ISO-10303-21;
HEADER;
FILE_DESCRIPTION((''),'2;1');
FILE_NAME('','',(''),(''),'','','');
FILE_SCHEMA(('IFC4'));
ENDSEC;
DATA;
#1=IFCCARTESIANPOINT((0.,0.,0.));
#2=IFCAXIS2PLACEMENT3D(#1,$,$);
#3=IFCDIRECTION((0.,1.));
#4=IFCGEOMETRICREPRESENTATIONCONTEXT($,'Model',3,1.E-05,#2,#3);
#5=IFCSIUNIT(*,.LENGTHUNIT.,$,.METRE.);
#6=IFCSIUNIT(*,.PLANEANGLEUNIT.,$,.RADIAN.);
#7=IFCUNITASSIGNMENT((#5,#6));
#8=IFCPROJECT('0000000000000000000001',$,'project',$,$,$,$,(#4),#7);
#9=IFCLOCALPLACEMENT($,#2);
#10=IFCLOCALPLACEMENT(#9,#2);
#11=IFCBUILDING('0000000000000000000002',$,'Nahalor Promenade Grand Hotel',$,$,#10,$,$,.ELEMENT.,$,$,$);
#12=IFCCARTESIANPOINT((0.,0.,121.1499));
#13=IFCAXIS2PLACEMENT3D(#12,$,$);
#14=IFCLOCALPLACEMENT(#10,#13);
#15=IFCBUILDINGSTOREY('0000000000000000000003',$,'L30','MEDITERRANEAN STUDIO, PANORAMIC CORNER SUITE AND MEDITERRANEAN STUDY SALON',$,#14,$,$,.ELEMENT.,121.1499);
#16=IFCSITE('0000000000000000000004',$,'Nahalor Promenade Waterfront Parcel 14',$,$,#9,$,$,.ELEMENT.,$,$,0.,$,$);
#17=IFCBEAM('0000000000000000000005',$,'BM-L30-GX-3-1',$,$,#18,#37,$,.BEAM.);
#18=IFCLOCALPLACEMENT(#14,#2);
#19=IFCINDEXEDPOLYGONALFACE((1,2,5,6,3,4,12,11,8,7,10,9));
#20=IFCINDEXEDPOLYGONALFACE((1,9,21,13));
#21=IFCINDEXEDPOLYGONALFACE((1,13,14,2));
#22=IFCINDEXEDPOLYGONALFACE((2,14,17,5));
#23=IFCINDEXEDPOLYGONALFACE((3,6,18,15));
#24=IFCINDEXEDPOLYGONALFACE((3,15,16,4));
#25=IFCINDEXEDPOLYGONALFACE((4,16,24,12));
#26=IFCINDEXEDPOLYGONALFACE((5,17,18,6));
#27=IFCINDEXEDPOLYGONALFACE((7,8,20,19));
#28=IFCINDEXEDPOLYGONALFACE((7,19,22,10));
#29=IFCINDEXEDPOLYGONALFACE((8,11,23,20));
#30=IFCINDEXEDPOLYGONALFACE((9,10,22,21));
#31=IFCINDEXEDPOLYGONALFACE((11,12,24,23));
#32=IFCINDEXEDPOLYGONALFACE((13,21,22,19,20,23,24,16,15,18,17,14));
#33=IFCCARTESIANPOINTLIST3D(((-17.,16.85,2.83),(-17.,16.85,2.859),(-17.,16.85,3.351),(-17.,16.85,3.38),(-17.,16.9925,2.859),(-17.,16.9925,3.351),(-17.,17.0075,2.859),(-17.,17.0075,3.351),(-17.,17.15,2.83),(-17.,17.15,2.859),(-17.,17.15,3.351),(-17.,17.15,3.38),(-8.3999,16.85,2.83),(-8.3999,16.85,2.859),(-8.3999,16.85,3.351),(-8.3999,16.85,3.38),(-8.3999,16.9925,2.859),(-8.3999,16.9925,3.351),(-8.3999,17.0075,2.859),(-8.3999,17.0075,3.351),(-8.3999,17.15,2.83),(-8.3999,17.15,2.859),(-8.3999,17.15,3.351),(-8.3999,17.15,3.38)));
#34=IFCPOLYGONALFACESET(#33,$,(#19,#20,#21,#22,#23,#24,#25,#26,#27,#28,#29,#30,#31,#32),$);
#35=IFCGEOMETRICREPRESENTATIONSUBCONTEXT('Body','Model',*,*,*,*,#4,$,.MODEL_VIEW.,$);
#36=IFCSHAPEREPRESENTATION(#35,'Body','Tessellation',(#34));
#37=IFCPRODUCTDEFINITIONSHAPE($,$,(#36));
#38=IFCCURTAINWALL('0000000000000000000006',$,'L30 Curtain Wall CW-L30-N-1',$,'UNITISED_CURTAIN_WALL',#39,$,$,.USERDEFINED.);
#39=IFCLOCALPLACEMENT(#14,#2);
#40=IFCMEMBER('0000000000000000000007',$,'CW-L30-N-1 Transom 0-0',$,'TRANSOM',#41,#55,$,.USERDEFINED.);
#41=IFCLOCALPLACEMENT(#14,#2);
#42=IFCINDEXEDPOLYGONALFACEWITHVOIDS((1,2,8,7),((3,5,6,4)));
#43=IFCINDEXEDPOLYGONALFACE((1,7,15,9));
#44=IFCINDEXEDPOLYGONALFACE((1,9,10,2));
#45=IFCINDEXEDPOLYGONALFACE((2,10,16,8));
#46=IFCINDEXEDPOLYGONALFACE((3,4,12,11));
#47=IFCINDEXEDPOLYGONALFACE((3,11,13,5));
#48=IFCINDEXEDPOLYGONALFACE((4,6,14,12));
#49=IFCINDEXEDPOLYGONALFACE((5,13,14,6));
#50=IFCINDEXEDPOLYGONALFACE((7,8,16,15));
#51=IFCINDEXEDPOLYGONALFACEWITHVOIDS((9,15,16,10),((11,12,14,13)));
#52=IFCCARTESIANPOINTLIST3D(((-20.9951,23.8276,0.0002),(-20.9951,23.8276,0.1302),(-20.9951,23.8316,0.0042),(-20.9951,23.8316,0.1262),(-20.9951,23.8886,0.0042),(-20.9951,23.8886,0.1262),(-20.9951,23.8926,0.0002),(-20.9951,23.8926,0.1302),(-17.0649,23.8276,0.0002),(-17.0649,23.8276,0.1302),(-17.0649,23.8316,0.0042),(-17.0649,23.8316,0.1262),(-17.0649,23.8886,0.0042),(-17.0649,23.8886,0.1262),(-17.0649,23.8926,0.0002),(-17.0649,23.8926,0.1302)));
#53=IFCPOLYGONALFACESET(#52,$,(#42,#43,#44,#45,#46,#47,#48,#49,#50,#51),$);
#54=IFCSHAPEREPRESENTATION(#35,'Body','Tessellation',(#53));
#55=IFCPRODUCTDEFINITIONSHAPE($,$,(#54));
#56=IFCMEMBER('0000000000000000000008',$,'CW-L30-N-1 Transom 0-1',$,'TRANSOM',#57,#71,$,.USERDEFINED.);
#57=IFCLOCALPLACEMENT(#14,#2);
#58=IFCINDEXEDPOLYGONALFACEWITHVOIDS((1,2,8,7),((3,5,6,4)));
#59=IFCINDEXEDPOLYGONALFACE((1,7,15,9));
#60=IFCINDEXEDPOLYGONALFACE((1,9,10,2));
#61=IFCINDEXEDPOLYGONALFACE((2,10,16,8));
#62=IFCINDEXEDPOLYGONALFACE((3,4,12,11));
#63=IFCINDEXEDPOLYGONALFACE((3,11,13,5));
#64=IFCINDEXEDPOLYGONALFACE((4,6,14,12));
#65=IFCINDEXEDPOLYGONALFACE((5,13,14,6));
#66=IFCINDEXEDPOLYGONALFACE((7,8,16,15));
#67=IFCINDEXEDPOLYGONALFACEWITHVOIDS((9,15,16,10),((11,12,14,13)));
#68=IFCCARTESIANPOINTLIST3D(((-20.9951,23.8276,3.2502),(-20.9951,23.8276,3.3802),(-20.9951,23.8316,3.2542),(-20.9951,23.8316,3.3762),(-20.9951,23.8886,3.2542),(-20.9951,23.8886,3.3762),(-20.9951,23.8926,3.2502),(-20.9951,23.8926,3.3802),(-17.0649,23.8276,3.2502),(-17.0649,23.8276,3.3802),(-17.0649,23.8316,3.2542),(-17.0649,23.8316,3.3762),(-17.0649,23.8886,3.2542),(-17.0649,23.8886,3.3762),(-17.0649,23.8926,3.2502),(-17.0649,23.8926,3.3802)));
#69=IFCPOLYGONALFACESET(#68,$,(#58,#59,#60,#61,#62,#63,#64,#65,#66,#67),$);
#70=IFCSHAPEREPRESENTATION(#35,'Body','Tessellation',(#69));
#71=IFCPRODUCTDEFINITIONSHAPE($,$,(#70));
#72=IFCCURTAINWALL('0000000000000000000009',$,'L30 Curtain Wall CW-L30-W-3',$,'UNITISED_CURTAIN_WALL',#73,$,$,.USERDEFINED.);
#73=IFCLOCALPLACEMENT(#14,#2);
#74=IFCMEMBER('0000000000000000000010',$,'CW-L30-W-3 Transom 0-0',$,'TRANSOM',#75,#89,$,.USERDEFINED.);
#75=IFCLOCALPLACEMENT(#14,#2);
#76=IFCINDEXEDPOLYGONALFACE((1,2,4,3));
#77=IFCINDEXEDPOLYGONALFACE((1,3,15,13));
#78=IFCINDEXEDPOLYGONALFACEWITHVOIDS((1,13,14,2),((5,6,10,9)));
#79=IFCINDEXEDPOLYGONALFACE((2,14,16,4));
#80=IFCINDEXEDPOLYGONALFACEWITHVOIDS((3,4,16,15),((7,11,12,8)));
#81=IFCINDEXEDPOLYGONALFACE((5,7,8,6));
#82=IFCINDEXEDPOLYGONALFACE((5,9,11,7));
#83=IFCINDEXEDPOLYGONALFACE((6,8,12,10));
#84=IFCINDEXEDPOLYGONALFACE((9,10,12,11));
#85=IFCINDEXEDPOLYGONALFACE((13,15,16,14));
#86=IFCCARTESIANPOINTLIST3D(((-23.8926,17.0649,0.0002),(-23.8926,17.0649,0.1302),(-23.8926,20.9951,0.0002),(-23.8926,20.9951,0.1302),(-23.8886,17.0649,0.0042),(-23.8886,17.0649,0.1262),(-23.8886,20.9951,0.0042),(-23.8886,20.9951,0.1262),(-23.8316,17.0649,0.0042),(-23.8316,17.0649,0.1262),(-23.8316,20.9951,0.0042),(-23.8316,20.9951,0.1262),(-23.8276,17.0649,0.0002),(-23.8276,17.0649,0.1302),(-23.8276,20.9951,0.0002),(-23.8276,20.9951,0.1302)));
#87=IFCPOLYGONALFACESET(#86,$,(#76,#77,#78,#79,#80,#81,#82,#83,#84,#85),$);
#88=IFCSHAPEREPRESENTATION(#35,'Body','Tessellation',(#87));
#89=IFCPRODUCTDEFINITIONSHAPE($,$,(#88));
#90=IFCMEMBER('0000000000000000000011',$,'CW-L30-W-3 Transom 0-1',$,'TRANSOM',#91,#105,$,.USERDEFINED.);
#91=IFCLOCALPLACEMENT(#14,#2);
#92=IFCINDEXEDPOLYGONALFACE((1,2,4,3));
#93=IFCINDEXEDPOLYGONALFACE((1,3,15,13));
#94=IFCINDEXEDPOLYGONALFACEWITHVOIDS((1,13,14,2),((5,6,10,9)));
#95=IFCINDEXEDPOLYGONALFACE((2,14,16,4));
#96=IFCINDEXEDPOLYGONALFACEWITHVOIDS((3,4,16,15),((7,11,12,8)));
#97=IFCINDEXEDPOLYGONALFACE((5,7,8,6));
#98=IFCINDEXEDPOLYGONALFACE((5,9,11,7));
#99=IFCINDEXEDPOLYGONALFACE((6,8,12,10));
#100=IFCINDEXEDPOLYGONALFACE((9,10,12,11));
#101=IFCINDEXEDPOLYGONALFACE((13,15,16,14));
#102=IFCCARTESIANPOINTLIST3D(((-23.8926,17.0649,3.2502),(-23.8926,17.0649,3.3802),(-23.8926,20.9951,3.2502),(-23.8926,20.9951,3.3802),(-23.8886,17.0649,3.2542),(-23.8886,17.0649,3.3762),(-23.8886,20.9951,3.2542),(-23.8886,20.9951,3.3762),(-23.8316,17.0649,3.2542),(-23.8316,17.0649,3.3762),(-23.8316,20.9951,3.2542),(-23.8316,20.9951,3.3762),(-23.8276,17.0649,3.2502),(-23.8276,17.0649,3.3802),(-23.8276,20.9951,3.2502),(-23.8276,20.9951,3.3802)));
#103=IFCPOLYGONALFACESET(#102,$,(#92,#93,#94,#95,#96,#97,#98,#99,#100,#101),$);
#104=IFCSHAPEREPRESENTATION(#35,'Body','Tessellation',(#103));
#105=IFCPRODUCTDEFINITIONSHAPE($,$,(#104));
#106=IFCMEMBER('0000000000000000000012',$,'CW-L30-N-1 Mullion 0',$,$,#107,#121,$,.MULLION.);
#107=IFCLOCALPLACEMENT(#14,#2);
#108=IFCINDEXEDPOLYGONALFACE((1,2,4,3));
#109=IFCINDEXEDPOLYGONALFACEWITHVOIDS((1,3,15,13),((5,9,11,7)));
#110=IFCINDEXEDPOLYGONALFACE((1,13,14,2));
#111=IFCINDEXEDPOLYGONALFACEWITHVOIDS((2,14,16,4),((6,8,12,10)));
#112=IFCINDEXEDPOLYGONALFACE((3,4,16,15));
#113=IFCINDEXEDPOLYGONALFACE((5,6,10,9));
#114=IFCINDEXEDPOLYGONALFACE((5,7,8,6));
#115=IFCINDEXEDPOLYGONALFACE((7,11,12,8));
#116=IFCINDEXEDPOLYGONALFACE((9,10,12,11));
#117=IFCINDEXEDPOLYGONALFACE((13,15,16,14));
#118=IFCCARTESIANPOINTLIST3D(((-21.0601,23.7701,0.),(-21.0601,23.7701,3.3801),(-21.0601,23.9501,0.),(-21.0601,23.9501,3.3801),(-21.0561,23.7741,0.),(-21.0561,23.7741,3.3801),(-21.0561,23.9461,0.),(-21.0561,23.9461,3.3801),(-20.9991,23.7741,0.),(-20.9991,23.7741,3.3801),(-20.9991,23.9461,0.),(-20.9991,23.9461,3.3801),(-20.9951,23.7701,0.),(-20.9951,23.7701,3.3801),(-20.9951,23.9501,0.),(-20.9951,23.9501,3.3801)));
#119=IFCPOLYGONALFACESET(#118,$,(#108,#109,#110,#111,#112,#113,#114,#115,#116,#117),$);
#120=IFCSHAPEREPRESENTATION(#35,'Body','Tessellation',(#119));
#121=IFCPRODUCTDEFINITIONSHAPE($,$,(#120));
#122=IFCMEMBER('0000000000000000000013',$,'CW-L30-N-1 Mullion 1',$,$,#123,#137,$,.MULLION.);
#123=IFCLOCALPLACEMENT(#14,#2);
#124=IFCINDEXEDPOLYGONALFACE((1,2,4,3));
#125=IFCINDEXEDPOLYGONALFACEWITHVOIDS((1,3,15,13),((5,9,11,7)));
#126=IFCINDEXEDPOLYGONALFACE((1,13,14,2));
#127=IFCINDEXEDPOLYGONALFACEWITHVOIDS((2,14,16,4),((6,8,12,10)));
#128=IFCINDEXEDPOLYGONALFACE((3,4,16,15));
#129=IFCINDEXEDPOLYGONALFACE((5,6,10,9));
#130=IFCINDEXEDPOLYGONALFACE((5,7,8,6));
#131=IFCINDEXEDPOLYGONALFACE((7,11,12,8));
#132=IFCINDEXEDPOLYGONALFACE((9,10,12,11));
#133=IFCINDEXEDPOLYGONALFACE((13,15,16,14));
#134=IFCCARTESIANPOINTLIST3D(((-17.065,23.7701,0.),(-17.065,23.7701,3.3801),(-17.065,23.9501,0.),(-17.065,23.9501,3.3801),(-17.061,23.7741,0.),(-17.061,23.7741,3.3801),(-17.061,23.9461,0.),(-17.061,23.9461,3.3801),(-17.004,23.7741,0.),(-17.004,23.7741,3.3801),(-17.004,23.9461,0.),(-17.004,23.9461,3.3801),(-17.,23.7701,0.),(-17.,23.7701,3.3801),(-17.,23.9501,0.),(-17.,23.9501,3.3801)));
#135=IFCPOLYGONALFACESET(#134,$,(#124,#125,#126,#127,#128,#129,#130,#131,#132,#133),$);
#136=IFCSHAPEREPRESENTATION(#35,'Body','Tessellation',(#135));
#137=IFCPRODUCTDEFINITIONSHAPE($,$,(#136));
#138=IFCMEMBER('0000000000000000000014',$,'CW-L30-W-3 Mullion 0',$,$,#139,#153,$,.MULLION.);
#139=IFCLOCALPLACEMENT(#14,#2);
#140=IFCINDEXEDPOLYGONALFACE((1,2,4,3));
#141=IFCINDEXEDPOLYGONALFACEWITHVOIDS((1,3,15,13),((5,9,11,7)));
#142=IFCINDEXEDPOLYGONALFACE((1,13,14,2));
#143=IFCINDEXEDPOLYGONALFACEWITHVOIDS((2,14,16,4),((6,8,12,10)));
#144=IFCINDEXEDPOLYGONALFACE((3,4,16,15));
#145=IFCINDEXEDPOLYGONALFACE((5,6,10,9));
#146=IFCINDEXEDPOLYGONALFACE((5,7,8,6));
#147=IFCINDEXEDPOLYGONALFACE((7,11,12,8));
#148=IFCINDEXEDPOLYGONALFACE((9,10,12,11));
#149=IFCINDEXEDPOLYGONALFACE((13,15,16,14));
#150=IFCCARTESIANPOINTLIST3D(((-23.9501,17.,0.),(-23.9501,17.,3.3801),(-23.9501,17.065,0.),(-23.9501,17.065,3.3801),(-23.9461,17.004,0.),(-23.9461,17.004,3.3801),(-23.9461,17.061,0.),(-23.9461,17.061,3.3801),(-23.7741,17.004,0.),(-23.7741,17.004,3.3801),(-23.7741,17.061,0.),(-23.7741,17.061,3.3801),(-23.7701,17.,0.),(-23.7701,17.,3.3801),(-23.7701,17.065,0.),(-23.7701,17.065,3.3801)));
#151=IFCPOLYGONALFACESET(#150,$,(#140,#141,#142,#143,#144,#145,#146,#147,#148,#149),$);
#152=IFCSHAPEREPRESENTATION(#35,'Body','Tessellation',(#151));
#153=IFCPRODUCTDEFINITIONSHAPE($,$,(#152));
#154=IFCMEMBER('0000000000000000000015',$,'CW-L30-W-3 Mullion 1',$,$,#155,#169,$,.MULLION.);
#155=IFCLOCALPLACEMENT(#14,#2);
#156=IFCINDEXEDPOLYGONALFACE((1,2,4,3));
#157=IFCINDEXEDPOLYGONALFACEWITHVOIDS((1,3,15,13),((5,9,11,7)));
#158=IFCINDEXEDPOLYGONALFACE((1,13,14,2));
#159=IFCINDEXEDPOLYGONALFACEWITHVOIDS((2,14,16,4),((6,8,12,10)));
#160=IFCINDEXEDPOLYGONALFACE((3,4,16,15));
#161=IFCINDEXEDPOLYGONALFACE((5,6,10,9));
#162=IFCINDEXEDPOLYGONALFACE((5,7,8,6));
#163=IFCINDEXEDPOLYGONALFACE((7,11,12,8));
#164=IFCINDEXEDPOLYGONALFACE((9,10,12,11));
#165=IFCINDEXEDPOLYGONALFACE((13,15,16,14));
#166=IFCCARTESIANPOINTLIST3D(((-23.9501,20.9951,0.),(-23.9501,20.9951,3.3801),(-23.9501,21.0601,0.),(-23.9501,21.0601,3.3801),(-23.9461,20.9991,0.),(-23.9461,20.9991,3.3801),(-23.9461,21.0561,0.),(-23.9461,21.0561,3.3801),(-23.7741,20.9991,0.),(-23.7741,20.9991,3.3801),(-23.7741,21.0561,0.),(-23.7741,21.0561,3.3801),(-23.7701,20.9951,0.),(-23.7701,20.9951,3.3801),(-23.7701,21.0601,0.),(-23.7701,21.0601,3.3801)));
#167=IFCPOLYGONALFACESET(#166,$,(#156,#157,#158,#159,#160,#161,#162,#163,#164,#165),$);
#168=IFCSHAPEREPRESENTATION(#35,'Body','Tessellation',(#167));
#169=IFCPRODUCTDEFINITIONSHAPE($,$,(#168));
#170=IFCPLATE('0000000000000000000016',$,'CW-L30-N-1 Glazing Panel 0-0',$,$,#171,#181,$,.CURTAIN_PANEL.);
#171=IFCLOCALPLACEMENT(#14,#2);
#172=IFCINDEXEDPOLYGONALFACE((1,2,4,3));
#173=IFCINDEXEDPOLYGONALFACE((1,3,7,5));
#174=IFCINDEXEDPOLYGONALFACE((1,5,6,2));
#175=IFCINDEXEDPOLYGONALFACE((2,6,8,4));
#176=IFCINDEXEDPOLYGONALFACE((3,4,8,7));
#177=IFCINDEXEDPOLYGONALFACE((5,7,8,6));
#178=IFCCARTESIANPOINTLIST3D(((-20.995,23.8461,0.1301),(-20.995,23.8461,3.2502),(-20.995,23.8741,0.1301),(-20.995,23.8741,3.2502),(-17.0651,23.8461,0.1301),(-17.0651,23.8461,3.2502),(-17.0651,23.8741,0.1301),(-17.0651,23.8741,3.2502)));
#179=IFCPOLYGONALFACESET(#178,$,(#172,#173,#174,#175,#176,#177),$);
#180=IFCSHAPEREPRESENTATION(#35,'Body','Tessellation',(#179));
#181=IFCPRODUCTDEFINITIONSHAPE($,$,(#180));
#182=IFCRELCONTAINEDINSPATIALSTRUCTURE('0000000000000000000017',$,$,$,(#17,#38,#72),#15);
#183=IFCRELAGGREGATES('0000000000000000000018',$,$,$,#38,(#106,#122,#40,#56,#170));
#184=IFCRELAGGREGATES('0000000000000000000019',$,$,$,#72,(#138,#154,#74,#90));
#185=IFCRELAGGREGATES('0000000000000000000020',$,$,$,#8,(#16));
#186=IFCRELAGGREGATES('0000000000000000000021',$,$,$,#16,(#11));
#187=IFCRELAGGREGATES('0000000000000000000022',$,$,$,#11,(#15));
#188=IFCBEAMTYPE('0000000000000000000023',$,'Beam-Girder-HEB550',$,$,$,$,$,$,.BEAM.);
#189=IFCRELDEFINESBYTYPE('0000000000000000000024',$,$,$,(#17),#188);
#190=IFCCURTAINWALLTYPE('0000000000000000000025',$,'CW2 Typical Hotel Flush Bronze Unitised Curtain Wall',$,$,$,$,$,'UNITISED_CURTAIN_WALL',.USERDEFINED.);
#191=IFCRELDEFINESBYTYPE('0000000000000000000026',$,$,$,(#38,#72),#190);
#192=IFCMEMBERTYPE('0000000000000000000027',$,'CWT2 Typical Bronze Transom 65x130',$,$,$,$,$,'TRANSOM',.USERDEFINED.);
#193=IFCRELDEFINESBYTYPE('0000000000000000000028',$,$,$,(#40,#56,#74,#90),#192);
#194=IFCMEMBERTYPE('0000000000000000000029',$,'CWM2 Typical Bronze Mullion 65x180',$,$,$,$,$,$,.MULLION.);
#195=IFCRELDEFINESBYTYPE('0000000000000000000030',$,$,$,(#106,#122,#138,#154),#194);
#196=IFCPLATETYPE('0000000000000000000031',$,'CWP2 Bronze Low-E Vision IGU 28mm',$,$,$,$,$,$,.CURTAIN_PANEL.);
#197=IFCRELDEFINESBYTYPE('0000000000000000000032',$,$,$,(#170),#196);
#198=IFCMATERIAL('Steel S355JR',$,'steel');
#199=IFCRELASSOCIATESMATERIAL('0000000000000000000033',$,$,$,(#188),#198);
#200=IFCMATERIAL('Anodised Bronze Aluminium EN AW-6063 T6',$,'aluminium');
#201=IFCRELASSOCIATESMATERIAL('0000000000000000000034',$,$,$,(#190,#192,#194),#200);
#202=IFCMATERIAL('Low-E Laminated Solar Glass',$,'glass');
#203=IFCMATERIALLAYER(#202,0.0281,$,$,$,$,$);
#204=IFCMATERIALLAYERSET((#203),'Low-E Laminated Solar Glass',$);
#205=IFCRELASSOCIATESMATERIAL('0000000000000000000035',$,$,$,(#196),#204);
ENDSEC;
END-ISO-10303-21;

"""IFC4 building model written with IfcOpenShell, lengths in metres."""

from ifc_helpers import new_model, si_unit, direction, frame, origin, origin_2d, place, context, subcontext, project, spatial, rectangle, hollow_rectangle, i_section, extrude, source, transform, mapped, material, layer, layer_set, material_profile, profile_set, type_object, element, aggregate, save


model = new_model("IFC4")

# Units and contexts
model_context = context("Model", 3, precision=1e-05, world=origin(), true_north=direction((0.0, 1.0)))
body_context = subcontext(model_context, "Body", "Model", "MODEL_VIEW")
ifc_project = project(units=[si_unit("LENGTHUNIT", "METRE"), si_unit("PLANEANGLEUNIT", "RADIAN")], contexts=[model_context])

# Site, building, storey
site_placement = place(None, origin())
site = spatial("IfcSite", under=ifc_project, at=site_placement, Name="Nahalor Promenade Waterfront Parcel 14", CompositionType="ELEMENT", RefElevation=0.0)
building_placement = place(site_placement, origin())
building = spatial("IfcBuilding", under=site, at=building_placement, Name="Nahalor Promenade Grand Hotel", CompositionType="ELEMENT")
storey_placement = place(building_placement, frame((0.0, 0.0, 121.1499)))
storey = spatial("IfcBuildingStorey", under=building, at=storey_placement, Name="L30", Description="MEDITERRANEAN STUDIO, PANORAMIC CORNER SUITE AND MEDITERRANEAN STUDY SALON", CompositionType="ELEMENT", Elevation=121.1499)

# Beam
ifc_material_1 = material(Name="Steel S355JR", Category="steel")
ifc_material_profile_1 = material_profile(ifc_material_1, i_section(OverallWidth=0.3, OverallDepth=0.55, WebThickness=0.015, FlangeThickness=0.029, at=origin_2d()), Name="HEB 550")
ifc_profile_set_1 = profile_set([ifc_material_profile_1], Name="Steel S355JR")
beam_type_1 = type_object("IfcBeamType", Name="Beam-Girder-HEB550", PredefinedType="BEAM", material=ifc_profile_set_1)
shared_shape_1 = source(origin(), body_context, "Body", "SweptSolid", [
    extrude(i_section(OverallWidth=0.3, OverallDepth=0.55, WebThickness=0.015, FlangeThickness=0.029, at=origin_2d()), origin(), (0.0, 0.0, 1.0), 8.6001),
])
beam_1_placement = place(storey_placement, frame((-17.0, 17.0, 3.105), z_axis=(1.0, 0.0, 0.0), x_axis=(0.0, 1.0, 0.0)))
element("IfcBeam", 1, at=beam_1_placement, inside=storey, type_object=beam_type_1, Name="BM-L30-GX-3-1", PredefinedType="BEAM", context=body_context, shape_type="MappedRepresentation", body=[
    mapped(shared_shape_1, transform((0.0, 0.0, 0.0), scale=1.0)),
])

# Curtain walls, members
ifc_material_2 = material(Name="Anodised Bronze Aluminium EN AW-6063 T6", Category="aluminium")
curtain_wall_type = type_object("IfcCurtainWallType", Name="CW2 Typical Hotel Flush Bronze Unitised Curtain Wall", ElementType="UNITISED_CURTAIN_WALL", PredefinedType="USERDEFINED", material=ifc_material_2)
curtain_wall_1_placement = place(storey_placement, origin())
curtain_wall_1 = element("IfcCurtainWall", 2, at=curtain_wall_1_placement, inside=storey, type_object=curtain_wall_type, Name="L30 Curtain Wall CW-L30-N-1", ObjectType="UNITISED_CURTAIN_WALL", PredefinedType="USERDEFINED")
ifc_material_profile_2 = material_profile(ifc_material_2, hollow_rectangle(XDim=0.065, YDim=0.13, WallThickness=0.004, at=origin_2d()), Name="CWT 65x130x4")
ifc_profile_set_2 = profile_set([ifc_material_profile_2], Name="Anodised Bronze Aluminium EN AW-6063 T6")
member_type_1 = type_object("IfcMemberType", Name="CWT2 Typical Bronze Transom 65x130", ElementType="TRANSOM", PredefinedType="USERDEFINED", material=ifc_profile_set_2)
shared_shape_2 = source(origin(), body_context, "Body", "SweptSolid", [
    extrude(hollow_rectangle(XDim=0.065, YDim=0.13, WallThickness=0.004, at=origin_2d()), origin(), (0.0, 0.0, 1.0), 3.9302),
])
member_1_placement = place(storey_placement, frame((-20.9951, 23.8601, 0.0652), z_axis=(1.0, 0.0, 0.0), x_axis=(0.0, 1.0, 0.0)))
member_1 = element("IfcMember", 3, at=member_1_placement, type_object=member_type_1, Name="CW-L30-N-1 Transom 0-0", ObjectType="TRANSOM", PredefinedType="USERDEFINED", context=body_context, shape_type="MappedRepresentation", body=[
    mapped(shared_shape_2, transform((0.0, 0.0, 0.0), scale=1.0)),
])
member_2_placement = place(storey_placement, frame((-20.9951, 23.8601, 3.3152), z_axis=(1.0, 0.0, 0.0), x_axis=(0.0, 1.0, 0.0)))
member_2 = element("IfcMember", 4, at=member_2_placement, type_object=member_type_1, Name="CW-L30-N-1 Transom 0-1", ObjectType="TRANSOM", PredefinedType="USERDEFINED", context=body_context, shape_type="MappedRepresentation", body=[
    mapped(shared_shape_2, transform((0.0, 0.0, 0.0), scale=1.0)),
])
curtain_wall_2_placement = place(storey_placement, origin())
curtain_wall_2 = element("IfcCurtainWall", 5, at=curtain_wall_2_placement, inside=storey, type_object=curtain_wall_type, Name="L30 Curtain Wall CW-L30-W-3", ObjectType="UNITISED_CURTAIN_WALL", PredefinedType="USERDEFINED")
member_3_placement = place(storey_placement, frame((-23.8601, 17.0649, 0.0652), z_axis=(0.0, 1.0, 0.0), x_axis=(-1.0, 0.0, 0.0)))
member_3 = element("IfcMember", 6, at=member_3_placement, type_object=member_type_1, Name="CW-L30-W-3 Transom 0-0", ObjectType="TRANSOM", PredefinedType="USERDEFINED", context=body_context, shape_type="MappedRepresentation", body=[
    mapped(shared_shape_2, transform((0.0, 0.0, 0.0), scale=1.0)),
])
member_4_placement = place(storey_placement, frame((-23.8601, 17.0649, 3.3152), z_axis=(0.0, 1.0, 0.0), x_axis=(-1.0, 0.0, 0.0)))
member_4 = element("IfcMember", 7, at=member_4_placement, type_object=member_type_1, Name="CW-L30-W-3 Transom 0-1", ObjectType="TRANSOM", PredefinedType="USERDEFINED", context=body_context, shape_type="MappedRepresentation", body=[
    mapped(shared_shape_2, transform((0.0, 0.0, 0.0), scale=1.0)),
])

# Members
ifc_material_profile_3 = material_profile(ifc_material_2, hollow_rectangle(XDim=0.065, YDim=0.18, WallThickness=0.004, at=origin_2d()), Name="CWM 65x180x4")
ifc_profile_set_3 = profile_set([ifc_material_profile_3], Name="Anodised Bronze Aluminium EN AW-6063 T6")
member_type_2 = type_object("IfcMemberType", Name="CWM2 Typical Bronze Mullion 65x180", PredefinedType="MULLION", material=ifc_profile_set_3)
shared_shape_3 = source(origin(), body_context, "Body", "SweptSolid", [
    extrude(hollow_rectangle(XDim=0.065, YDim=0.18, WallThickness=0.004, at=origin_2d()), origin(), (0.0, 0.0, 1.0), 3.3801),
])
member_5_placement = place(storey_placement, frame((-21.0276, 23.8601, 0.0), z_axis=(0.0, 0.0, 1.0), x_axis=(1.0, 0.0, 0.0)))
member_5 = element("IfcMember", 8, at=member_5_placement, type_object=member_type_2, Name="CW-L30-N-1 Mullion 0", PredefinedType="MULLION", context=body_context, shape_type="MappedRepresentation", body=[
    mapped(shared_shape_3, transform((0.0, 0.0, 0.0), scale=1.0)),
])
member_6_placement = place(storey_placement, frame((-17.0325, 23.8601, 0.0), z_axis=(0.0, 0.0, 1.0), x_axis=(1.0, 0.0, 0.0)))
member_6 = element("IfcMember", 9, at=member_6_placement, type_object=member_type_2, Name="CW-L30-N-1 Mullion 1", PredefinedType="MULLION", context=body_context, shape_type="MappedRepresentation", body=[
    mapped(shared_shape_3, transform((0.0, 0.0, 0.0), scale=1.0)),
])
member_7_placement = place(storey_placement, frame((-23.8601, 17.0325, 0.0), z_axis=(0.0, 0.0, 1.0), x_axis=(0.0, 1.0, 0.0)))
member_7 = element("IfcMember", 10, at=member_7_placement, type_object=member_type_2, Name="CW-L30-W-3 Mullion 0", PredefinedType="MULLION", context=body_context, shape_type="MappedRepresentation", body=[
    mapped(shared_shape_3, transform((0.0, 0.0, 0.0), scale=1.0)),
])
member_8_placement = place(storey_placement, frame((-23.8601, 21.0276, 0.0), z_axis=(0.0, 0.0, 1.0), x_axis=(0.0, 1.0, 0.0)))
member_8 = element("IfcMember", 11, at=member_8_placement, type_object=member_type_2, Name="CW-L30-W-3 Mullion 1", PredefinedType="MULLION", context=body_context, shape_type="MappedRepresentation", body=[
    mapped(shared_shape_3, transform((0.0, 0.0, 0.0), scale=1.0)),
])

# Plate
ifc_material_3 = material(Name="Low-E Laminated Solar Glass", Category="glass")
ifc_layer_1 = layer(ifc_material_3, 0.0281)
ifc_layer_set_1 = layer_set([ifc_layer_1], Name="Low-E Laminated Solar Glass")
plate_type = type_object("IfcPlateType", Name="CWP2 Bronze Low-E Vision IGU 28mm", PredefinedType="CURTAIN_PANEL", material=ifc_layer_set_1)
shared_shape_4 = source(origin(), body_context, "Body", "SweptSolid", [
    extrude(rectangle(XDim=3.9299, YDim=0.0281, at=origin_2d()), origin(), (0.0, 0.0, 1.0), 3.1201),
])
plate_1_placement = place(storey_placement, frame((-19.03, 23.8601, 0.1301), z_axis=(0.0, 0.0, 1.0), x_axis=(1.0, 0.0, 0.0)))
plate_1 = element("IfcPlate", 12, at=plate_1_placement, type_object=plate_type, Name="CW-L30-N-1 Glazing Panel 0-0", PredefinedType="CURTAIN_PANEL", context=body_context, shape_type="MappedRepresentation", body=[
    mapped(shared_shape_4, transform((0.0, 0.0, 0.0), scale=1.0)),
])
aggregate(curtain_wall_1, [member_5, member_6, member_1, member_2, plate_1])
aggregate(curtain_wall_2, [member_7, member_8, member_3, member_4])

save(model, "model.ifc")
